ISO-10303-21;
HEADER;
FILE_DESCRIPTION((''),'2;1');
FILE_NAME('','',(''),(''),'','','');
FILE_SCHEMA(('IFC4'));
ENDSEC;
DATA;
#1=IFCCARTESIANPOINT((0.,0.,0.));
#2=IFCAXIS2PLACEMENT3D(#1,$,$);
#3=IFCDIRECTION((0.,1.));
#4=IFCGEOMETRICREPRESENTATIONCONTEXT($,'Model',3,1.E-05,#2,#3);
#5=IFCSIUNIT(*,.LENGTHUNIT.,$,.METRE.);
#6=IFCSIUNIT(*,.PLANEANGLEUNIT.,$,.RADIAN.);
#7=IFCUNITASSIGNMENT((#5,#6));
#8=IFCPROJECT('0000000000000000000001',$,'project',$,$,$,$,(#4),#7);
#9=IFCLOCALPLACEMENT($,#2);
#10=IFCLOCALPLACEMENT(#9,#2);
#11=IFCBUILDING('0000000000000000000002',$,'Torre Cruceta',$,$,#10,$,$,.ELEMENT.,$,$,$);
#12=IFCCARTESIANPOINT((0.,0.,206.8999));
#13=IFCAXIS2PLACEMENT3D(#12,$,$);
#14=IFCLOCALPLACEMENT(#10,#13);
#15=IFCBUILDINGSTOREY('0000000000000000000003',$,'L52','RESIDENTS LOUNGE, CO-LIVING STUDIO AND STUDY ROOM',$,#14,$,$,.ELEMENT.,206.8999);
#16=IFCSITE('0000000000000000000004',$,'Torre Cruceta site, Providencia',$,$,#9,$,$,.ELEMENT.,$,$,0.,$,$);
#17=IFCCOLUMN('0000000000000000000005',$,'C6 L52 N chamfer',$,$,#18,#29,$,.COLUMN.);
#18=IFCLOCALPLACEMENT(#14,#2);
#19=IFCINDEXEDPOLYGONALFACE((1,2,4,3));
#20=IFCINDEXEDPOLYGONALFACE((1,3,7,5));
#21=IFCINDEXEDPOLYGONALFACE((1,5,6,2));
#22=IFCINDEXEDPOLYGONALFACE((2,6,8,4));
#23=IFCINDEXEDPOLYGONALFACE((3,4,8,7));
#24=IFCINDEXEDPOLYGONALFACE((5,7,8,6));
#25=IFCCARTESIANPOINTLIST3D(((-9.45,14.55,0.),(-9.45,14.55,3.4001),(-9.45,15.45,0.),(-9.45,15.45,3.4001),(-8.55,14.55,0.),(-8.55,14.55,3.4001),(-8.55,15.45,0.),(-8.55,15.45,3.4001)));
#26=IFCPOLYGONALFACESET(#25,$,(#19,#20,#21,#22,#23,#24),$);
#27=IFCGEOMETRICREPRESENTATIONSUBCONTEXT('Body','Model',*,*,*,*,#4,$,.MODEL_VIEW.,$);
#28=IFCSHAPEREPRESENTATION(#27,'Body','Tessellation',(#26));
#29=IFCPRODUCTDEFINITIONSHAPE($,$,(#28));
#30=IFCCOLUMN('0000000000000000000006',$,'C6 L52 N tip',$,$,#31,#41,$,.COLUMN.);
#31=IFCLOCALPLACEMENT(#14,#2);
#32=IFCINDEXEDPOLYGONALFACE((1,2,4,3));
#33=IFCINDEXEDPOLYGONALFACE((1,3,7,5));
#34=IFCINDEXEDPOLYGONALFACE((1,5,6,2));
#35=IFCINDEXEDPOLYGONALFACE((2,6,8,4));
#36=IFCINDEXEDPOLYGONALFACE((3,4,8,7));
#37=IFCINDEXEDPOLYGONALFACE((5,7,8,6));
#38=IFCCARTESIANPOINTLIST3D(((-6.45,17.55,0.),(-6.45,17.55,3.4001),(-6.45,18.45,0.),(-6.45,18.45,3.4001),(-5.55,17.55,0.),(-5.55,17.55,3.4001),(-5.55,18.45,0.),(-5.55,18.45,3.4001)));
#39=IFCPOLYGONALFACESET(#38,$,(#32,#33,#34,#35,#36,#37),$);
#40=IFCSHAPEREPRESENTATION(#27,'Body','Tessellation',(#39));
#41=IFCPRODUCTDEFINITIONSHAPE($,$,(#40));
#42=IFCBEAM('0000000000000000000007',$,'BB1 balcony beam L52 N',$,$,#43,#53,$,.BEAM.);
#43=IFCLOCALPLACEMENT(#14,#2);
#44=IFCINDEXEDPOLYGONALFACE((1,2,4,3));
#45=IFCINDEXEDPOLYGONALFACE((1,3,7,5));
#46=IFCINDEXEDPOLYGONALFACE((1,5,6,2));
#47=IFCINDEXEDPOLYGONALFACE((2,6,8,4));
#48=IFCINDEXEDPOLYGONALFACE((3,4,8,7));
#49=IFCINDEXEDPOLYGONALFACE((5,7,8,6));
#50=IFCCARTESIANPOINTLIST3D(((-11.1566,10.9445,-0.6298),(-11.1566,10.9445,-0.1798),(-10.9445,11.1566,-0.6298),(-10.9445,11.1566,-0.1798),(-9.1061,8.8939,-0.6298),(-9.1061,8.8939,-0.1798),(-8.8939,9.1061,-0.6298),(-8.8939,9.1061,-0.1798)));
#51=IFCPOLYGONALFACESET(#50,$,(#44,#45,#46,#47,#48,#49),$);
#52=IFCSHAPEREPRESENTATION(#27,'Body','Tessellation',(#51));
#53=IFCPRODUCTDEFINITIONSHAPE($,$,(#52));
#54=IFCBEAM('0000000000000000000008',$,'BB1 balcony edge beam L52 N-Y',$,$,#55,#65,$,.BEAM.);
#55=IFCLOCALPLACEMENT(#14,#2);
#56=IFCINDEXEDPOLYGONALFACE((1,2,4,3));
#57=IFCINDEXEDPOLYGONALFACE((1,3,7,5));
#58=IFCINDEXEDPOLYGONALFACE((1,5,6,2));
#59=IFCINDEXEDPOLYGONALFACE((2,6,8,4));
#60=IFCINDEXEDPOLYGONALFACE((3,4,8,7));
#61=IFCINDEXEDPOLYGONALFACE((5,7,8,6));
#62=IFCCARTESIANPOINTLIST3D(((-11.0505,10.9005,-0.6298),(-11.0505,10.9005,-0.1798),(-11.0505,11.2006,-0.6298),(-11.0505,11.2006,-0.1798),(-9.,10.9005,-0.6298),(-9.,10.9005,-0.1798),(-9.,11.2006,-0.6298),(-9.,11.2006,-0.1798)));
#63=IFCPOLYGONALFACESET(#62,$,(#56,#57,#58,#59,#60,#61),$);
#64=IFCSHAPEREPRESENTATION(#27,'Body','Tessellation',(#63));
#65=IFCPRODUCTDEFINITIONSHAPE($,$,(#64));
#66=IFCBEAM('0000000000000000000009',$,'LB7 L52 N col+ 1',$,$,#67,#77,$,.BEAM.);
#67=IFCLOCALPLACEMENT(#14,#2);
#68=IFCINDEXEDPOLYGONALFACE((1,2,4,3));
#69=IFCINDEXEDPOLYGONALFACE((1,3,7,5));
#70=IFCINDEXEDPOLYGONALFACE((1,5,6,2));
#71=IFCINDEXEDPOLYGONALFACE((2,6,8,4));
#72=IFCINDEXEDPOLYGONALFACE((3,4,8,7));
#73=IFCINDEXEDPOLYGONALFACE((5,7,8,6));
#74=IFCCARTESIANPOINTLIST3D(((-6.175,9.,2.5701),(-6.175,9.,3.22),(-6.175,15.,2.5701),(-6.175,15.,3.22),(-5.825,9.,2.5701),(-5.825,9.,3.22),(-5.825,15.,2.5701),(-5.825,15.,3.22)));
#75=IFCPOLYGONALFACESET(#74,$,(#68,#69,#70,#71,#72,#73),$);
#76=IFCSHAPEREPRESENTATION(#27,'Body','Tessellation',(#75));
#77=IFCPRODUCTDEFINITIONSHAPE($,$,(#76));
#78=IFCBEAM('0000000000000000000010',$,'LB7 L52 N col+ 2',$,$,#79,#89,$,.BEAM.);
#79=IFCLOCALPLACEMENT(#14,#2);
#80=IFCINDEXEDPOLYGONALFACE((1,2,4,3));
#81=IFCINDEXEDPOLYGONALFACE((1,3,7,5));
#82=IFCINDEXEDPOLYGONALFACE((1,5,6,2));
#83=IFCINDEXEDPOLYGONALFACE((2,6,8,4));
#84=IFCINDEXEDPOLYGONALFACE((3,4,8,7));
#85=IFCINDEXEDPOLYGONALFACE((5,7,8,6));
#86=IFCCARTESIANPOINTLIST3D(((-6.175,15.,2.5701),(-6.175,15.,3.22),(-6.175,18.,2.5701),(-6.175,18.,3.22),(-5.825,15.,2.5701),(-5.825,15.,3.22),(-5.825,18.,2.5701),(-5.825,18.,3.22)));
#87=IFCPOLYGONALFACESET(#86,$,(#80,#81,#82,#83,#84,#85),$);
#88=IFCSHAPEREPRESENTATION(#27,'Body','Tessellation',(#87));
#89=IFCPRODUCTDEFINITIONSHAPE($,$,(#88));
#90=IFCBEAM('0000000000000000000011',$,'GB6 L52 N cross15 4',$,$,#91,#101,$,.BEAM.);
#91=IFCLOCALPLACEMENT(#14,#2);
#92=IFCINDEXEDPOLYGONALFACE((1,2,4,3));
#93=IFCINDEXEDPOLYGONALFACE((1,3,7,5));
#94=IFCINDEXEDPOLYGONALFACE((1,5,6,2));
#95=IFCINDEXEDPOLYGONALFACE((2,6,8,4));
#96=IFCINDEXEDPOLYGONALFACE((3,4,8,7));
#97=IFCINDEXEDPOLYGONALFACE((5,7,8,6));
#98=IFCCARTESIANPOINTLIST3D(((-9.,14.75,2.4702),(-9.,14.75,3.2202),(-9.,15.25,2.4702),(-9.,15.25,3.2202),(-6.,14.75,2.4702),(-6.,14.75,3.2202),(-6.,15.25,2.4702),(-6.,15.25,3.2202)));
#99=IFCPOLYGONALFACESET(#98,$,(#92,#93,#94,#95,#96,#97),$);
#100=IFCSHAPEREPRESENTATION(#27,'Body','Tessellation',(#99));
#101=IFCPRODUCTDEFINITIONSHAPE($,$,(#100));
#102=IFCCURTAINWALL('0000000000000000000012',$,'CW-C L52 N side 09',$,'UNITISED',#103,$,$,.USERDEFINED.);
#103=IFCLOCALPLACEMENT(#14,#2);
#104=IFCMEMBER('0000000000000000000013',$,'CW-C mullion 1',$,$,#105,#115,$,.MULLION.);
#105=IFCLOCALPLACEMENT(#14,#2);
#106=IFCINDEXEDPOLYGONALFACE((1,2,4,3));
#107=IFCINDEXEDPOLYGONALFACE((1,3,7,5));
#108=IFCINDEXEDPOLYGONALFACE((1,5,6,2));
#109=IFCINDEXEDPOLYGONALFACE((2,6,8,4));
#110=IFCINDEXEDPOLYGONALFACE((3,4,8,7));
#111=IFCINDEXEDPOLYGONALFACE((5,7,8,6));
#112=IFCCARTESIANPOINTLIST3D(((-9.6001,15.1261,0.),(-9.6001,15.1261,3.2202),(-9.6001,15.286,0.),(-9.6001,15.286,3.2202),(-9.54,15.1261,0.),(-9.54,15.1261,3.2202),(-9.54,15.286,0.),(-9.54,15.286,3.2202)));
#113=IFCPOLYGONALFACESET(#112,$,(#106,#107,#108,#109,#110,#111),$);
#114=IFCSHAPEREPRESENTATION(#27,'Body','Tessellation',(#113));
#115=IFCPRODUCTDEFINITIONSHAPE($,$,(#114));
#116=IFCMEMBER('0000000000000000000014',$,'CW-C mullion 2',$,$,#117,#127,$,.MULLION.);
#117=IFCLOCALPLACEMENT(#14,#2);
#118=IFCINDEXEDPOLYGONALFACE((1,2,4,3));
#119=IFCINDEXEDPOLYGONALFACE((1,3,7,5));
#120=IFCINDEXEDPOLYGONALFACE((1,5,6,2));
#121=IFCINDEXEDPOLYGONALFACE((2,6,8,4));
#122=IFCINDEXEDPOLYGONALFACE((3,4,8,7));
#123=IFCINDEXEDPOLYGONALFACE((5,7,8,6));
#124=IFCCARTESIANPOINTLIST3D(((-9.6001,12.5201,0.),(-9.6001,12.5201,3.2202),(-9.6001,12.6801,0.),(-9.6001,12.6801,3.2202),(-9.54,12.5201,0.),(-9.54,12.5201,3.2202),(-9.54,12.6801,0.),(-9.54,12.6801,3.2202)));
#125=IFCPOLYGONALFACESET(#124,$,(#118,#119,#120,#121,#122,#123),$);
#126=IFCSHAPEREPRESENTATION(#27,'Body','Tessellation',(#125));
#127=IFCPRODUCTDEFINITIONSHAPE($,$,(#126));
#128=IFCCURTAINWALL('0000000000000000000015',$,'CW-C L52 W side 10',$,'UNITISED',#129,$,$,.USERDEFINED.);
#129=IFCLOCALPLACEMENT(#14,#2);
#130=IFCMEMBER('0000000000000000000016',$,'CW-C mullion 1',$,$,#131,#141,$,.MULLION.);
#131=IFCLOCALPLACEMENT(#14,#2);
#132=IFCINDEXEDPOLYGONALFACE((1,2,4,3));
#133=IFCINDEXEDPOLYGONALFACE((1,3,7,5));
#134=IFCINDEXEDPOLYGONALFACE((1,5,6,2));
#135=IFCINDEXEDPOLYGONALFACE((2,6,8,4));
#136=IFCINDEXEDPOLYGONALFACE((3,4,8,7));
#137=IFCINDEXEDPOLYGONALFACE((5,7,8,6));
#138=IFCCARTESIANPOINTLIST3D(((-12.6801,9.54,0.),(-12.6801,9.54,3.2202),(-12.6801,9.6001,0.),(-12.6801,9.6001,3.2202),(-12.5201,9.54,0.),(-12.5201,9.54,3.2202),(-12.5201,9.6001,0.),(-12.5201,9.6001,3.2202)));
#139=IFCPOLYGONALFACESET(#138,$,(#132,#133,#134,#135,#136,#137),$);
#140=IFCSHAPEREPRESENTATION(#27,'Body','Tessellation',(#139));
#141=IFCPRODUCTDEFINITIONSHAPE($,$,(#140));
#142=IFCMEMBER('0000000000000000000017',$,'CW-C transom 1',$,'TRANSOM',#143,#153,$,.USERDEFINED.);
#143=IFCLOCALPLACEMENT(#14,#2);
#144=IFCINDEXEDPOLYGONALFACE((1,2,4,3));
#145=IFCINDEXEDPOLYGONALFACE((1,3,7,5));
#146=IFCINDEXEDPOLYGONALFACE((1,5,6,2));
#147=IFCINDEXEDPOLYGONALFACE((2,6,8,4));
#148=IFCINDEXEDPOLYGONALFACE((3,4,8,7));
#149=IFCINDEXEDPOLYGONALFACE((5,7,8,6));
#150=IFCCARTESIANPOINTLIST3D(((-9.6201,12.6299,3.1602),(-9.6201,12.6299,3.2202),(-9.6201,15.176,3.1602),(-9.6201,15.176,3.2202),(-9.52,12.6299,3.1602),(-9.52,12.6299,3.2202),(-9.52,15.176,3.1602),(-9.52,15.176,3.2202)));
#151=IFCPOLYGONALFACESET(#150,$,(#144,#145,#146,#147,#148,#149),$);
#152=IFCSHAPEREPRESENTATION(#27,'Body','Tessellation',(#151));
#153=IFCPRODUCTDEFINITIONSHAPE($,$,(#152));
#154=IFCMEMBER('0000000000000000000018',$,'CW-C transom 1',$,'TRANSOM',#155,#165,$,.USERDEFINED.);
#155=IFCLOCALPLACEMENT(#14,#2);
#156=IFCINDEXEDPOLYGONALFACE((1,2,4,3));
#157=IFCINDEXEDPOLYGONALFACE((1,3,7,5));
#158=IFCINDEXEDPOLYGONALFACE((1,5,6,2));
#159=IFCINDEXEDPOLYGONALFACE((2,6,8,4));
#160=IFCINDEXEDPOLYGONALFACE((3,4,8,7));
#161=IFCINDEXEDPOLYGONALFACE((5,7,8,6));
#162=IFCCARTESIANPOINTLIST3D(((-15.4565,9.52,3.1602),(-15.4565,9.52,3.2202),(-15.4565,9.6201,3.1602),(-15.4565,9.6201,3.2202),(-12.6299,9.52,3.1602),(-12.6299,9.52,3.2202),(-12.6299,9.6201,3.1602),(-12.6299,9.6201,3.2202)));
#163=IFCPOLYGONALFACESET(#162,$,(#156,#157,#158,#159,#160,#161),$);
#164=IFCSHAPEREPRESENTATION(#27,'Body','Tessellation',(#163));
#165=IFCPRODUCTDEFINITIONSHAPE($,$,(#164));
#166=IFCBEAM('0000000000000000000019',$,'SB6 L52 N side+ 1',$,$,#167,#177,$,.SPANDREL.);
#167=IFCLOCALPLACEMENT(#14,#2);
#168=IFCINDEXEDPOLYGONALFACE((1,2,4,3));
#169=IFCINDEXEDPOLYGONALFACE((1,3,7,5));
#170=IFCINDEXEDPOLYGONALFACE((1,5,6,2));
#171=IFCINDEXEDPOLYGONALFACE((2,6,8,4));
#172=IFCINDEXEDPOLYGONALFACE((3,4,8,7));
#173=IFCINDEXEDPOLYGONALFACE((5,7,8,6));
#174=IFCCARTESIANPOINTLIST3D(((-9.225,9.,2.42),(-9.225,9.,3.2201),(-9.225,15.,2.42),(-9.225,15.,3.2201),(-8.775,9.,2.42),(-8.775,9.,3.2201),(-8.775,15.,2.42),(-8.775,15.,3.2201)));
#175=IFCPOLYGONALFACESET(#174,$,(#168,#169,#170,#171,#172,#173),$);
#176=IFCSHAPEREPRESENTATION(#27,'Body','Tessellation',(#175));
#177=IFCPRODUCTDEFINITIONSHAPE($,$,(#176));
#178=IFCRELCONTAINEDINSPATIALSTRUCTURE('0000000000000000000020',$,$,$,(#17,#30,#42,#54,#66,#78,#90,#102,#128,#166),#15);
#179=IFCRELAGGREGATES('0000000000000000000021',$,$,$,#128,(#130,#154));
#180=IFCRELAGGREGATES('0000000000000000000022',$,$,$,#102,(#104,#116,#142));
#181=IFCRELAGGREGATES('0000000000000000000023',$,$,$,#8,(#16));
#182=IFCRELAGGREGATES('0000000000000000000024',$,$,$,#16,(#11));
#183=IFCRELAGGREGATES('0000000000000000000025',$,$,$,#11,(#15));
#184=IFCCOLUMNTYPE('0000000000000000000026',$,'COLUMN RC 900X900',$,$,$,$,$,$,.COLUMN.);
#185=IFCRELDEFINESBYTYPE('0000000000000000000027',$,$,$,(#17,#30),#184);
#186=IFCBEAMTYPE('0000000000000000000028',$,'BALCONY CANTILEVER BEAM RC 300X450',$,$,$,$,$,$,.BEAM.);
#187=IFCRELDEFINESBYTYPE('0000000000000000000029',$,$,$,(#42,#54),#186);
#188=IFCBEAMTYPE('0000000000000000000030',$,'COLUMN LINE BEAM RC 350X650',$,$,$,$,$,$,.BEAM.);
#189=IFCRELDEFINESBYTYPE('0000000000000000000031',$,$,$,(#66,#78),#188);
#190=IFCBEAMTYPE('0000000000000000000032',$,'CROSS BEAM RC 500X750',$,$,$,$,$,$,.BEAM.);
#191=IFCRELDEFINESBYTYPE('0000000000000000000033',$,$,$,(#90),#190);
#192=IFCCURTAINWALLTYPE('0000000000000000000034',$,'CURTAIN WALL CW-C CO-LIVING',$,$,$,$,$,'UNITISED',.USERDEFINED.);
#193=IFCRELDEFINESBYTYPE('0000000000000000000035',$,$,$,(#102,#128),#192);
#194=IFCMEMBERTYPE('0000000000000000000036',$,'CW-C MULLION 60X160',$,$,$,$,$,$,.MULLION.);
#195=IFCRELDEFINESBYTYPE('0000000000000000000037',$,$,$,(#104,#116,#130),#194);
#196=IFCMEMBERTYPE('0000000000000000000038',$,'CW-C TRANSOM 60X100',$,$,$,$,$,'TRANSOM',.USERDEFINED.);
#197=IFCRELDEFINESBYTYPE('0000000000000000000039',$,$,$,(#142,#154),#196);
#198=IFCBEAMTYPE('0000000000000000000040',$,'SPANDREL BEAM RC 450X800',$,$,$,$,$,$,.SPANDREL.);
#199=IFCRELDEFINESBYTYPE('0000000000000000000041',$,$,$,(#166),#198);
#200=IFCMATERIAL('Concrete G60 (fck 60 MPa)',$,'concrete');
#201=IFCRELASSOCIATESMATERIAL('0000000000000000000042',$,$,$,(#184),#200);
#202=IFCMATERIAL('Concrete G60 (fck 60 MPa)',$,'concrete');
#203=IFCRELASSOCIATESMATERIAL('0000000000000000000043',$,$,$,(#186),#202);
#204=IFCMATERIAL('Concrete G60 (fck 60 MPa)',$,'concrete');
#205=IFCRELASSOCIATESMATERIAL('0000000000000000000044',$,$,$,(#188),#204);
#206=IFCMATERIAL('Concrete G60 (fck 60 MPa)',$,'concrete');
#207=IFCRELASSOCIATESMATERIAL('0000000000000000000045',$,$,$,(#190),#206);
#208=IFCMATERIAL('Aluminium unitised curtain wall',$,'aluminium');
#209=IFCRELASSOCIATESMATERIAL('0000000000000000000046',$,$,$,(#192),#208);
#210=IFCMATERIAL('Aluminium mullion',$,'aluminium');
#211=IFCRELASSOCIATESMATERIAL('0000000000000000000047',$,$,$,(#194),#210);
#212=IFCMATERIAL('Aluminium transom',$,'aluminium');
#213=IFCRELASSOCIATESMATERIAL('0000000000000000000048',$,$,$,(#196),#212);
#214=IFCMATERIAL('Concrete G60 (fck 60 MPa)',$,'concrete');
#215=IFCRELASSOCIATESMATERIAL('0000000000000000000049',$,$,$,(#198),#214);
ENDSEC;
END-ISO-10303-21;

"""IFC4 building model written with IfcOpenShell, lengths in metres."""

from ifc_helpers import new_model, si_unit, direction, frame, origin, origin_2d, place, context, subcontext, project, spatial, rectangle, extrude, material, material_profile, profile_set, type_object, element, aggregate, save


model = new_model("IFC4")

# Units and contexts
model_context = context("Model", 3, precision=1e-05, world=origin(), true_north=direction((0.0, 1.0)))
body_context = subcontext(model_context, "Body", "Model", "MODEL_VIEW")
ifc_project = project(units=[si_unit("LENGTHUNIT", "METRE"), si_unit("PLANEANGLEUNIT", "RADIAN")], contexts=[model_context])

# Site, building, storey
site_placement = place(None, origin())
site = spatial("IfcSite", under=ifc_project, at=site_placement, Name="Torre Cruceta site, Providencia", CompositionType="ELEMENT", RefElevation=0.0)
building_placement = place(site_placement, origin())
building = spatial("IfcBuilding", under=site, at=building_placement, Name="Torre Cruceta", CompositionType="ELEMENT")
storey_placement = place(building_placement, frame((0.0, 0.0, 206.8999)))
storey = spatial("IfcBuildingStorey", under=building, at=storey_placement, Name="L52", Description="RESIDENTS LOUNGE, CO-LIVING STUDIO AND STUDY ROOM", CompositionType="ELEMENT", Elevation=206.8999)

# Columns
ifc_material_1 = material(Name="Concrete G60 (fck 60 MPa)", Category="concrete")
ifc_material_profile_1 = material_profile(ifc_material_1, rectangle(XDim=0.8999, YDim=0.8999, at=origin_2d()), Name="RC 900X900")
ifc_profile_set_1 = profile_set([ifc_material_profile_1], Name="Concrete G60 (fck 60 MPa)")
column_type = type_object("IfcColumnType", Name="COLUMN RC 900X900", PredefinedType="COLUMN", material=ifc_profile_set_1)
for number, where, z_axis, x_axis, name in (
    (1, (-9.0, 15.0, 0.0), (0.0, 0.0, 1.0), (1.0, 0.0, 0.0), "C6 L52 N chamfer"),
    (2, (-6.0, 18.0, 0.0), (0.0, 0.0, 1.0), (1.0, 0.0, 0.0), "C6 L52 N tip"),
):
    element("IfcColumn", number, at=place(storey_placement, frame(where, z_axis=z_axis, x_axis=x_axis)), inside=storey, type_object=column_type, Name=name, PredefinedType="COLUMN", context=body_context, shape_type="SweptSolid", body=[
        extrude(rectangle(XDim=0.8999, YDim=0.8999, at=origin_2d()), origin(), (0.0, 0.0, 1.0), 3.4001),
    ])

# Beams
ifc_material_2 = material(Name="Concrete G60 (fck 60 MPa)", Category="concrete")
ifc_material_profile_2 = material_profile(ifc_material_2, rectangle(XDim=0.3, YDim=0.45, at=origin_2d()), Name="RC 300X450")
ifc_profile_set_2 = profile_set([ifc_material_profile_2], Name="Concrete G60 (fck 60 MPa)")
beam_type_1 = type_object("IfcBeamType", Name="BALCONY CANTILEVER BEAM RC 300X450", PredefinedType="BEAM", material=ifc_profile_set_2)
beam_1_placement = place(storey_placement, frame((-9.0, 9.0, -0.4048), z_axis=(-0.707107, 0.707107, 0.0), x_axis=(-0.707107, -0.707107, 0.0)))
element("IfcBeam", 3, at=beam_1_placement, inside=storey, type_object=beam_type_1, Name="BB1 balcony beam L52 N", PredefinedType="BEAM", context=body_context, shape_type="SweptSolid", body=[
    extrude(rectangle(XDim=0.3, YDim=0.45, at=origin_2d()), origin(), (0.0, 0.0, 1.0), 2.8999),
])
beam_2_placement = place(storey_placement, frame((-9.0, 11.0505, -0.4048), z_axis=(-1.0, 0.0, 0.0), x_axis=(0.0, -1.0, 0.0)))
element("IfcBeam", 4, at=beam_2_placement, inside=storey, type_object=beam_type_1, Name="BB1 balcony edge beam L52 N-Y", PredefinedType="BEAM", context=body_context, shape_type="SweptSolid", body=[
    extrude(rectangle(XDim=0.3, YDim=0.45, at=origin_2d()), origin(), (0.0, 0.0, 1.0), 2.0505),
])
ifc_material_3 = material(Name="Concrete G60 (fck 60 MPa)", Category="concrete")
ifc_material_profile_3 = material_profile(ifc_material_3, rectangle(XDim=0.3501, YDim=0.6499, at=origin_2d()), Name="RC 350X650")
ifc_profile_set_3 = profile_set([ifc_material_profile_3], Name="Concrete G60 (fck 60 MPa)")
beam_type_2 = type_object("IfcBeamType", Name="COLUMN LINE BEAM RC 350X650", PredefinedType="BEAM", material=ifc_profile_set_3)
beam_3_placement = place(storey_placement, frame((-6.0, 9.0, 2.895), z_axis=(0.0, 1.0, 0.0), x_axis=(-1.0, 0.0, 0.0)))
element("IfcBeam", 5, at=beam_3_placement, inside=storey, type_object=beam_type_2, Name="LB7 L52 N col+ 1", PredefinedType="BEAM", context=body_context, shape_type="SweptSolid", body=[
    extrude(rectangle(XDim=0.3501, YDim=0.6499, at=origin_2d()), origin(), (0.0, 0.0, 1.0), 6.0),
])
beam_4_placement = place(storey_placement, frame((-6.0, 15.0, 2.895), z_axis=(0.0, 1.0, 0.0), x_axis=(-1.0, 0.0, 0.0)))
element("IfcBeam", 6, at=beam_4_placement, inside=storey, type_object=beam_type_2, Name="LB7 L52 N col+ 2", PredefinedType="BEAM", context=body_context, shape_type="SweptSolid", body=[
    extrude(rectangle(XDim=0.3501, YDim=0.6499, at=origin_2d()), origin(), (0.0, 0.0, 1.0), 3.0),
])
ifc_material_4 = material(Name="Concrete G60 (fck 60 MPa)", Category="concrete")
ifc_material_profile_4 = material_profile(ifc_material_4, rectangle(XDim=0.5, YDim=0.75, at=origin_2d()), Name="RC 500X750")
ifc_profile_set_4 = profile_set([ifc_material_profile_4], Name="Concrete G60 (fck 60 MPa)")
beam_type_3 = type_object("IfcBeamType", Name="CROSS BEAM RC 500X750", PredefinedType="BEAM", material=ifc_profile_set_4)
beam_5_placement = place(storey_placement, frame((-6.0, 15.0, 2.8452), z_axis=(-1.0, 0.0, 0.0), x_axis=(0.0, -1.0, 0.0)))
element("IfcBeam", 7, at=beam_5_placement, inside=storey, type_object=beam_type_3, Name="GB6 L52 N cross15 4", PredefinedType="BEAM", context=body_context, shape_type="SweptSolid", body=[
    extrude(rectangle(XDim=0.5, YDim=0.75, at=origin_2d()), origin(), (0.0, 0.0, 1.0), 3.0),
])

# Curtain wall, members
ifc_material_5 = material(Name="Aluminium unitised curtain wall", Category="aluminium")
curtain_wall_type = type_object("IfcCurtainWallType", Name="CURTAIN WALL CW-C CO-LIVING", ElementType="UNITISED", PredefinedType="USERDEFINED", material=ifc_material_5)
curtain_wall_1_placement = place(storey_placement, origin())
curtain_wall_1 = element("IfcCurtainWall", 8, at=curtain_wall_1_placement, inside=storey, type_object=curtain_wall_type, Name="CW-C L52 N side 09", ObjectType="UNITISED", PredefinedType="USERDEFINED")
ifc_material_6 = material(Name="Aluminium mullion", Category="aluminium")
ifc_material_profile_5 = material_profile(ifc_material_6, rectangle(XDim=0.0601, YDim=0.1599, at=origin_2d()), Name="AL 60X160")
ifc_profile_set_5 = profile_set([ifc_material_profile_5], Name="Aluminium mullion")
member_type_1 = type_object("IfcMemberType", Name="CW-C MULLION 60X160", PredefinedType="MULLION", material=ifc_profile_set_5)
member_1_placement = place(storey_placement, frame((-9.5701, 15.2061, 0.0), z_axis=(0.0, 0.0, 1.0), x_axis=(1.0, 0.0, 0.0)))
member_1 = element("IfcMember", 9, at=member_1_placement, type_object=member_type_1, Name="CW-C mullion 1", PredefinedType="MULLION", context=body_context, shape_type="SweptSolid", body=[
    extrude(rectangle(XDim=0.0601, YDim=0.1599, at=origin_2d()), origin(), (0.0, 0.0, 1.0), 3.2202),
])
member_2_placement = place(storey_placement, frame((-9.5701, 12.6001, 0.0), z_axis=(0.0, 0.0, 1.0), x_axis=(1.0, 0.0, 0.0)))
member_2 = element("IfcMember", 10, at=member_2_placement, type_object=member_type_1, Name="CW-C mullion 2", PredefinedType="MULLION", context=body_context, shape_type="SweptSolid", body=[
    extrude(rectangle(XDim=0.0601, YDim=0.1599, at=origin_2d()), origin(), (0.0, 0.0, 1.0), 3.2202),
])

# Curtain wall, member
curtain_wall_2_placement = place(storey_placement, origin())
curtain_wall_2 = element("IfcCurtainWall", 11, at=curtain_wall_2_placement, inside=storey, type_object=curtain_wall_type, Name="CW-C L52 W side 10", ObjectType="UNITISED", PredefinedType="USERDEFINED")
member_3_placement = place(storey_placement, frame((-12.6001, 9.5701, 0.0), z_axis=(0.0, 0.0, 1.0), x_axis=(0.0, -1.0, 0.0)))
member_3 = element("IfcMember", 12, at=member_3_placement, type_object=member_type_1, Name="CW-C mullion 1", PredefinedType="MULLION", context=body_context, shape_type="SweptSolid", body=[
    extrude(rectangle(XDim=0.0601, YDim=0.1599, at=origin_2d()), origin(), (0.0, 0.0, 1.0), 3.2202),
])

# Members
ifc_material_7 = material(Name="Aluminium transom", Category="aluminium")
ifc_material_profile_6 = material_profile(ifc_material_7, rectangle(XDim=0.1001, YDim=0.0601, at=origin_2d()), Name="AL 100X60")
ifc_profile_set_6 = profile_set([ifc_material_profile_6], Name="Aluminium transom")
member_type_2 = type_object("IfcMemberType", Name="CW-C TRANSOM 60X100", ElementType="TRANSOM", PredefinedType="USERDEFINED", material=ifc_profile_set_6)
member_4_placement = place(storey_placement, frame((-9.5701, 15.176, 3.1902), z_axis=(0.0, -1.0, 0.0), x_axis=(1.0, 0.0, 0.0)))
member_4 = element("IfcMember", 13, at=member_4_placement, type_object=member_type_2, Name="CW-C transom 1", ObjectType="TRANSOM", PredefinedType="USERDEFINED", context=body_context, shape_type="SweptSolid", body=[
    extrude(rectangle(XDim=0.1001, YDim=0.0601, at=origin_2d()), origin(), (0.0, 0.0, 1.0), 2.5461),
])
member_5_placement = place(storey_placement, frame((-12.6299, 9.5701, 3.1902), z_axis=(-1.0, 0.0, 0.0), x_axis=(0.0, -1.0, 0.0)))
member_5 = element("IfcMember", 14, at=member_5_placement, type_object=member_type_2, Name="CW-C transom 1", ObjectType="TRANSOM", PredefinedType="USERDEFINED", context=body_context, shape_type="SweptSolid", body=[
    extrude(rectangle(XDim=0.1001, YDim=0.0601, at=origin_2d()), origin(), (0.0, 0.0, 1.0), 2.8267),
])
aggregate(curtain_wall_2, [member_3, member_5])

# Beam
ifc_material_8 = material(Name="Concrete G60 (fck 60 MPa)", Category="concrete")
ifc_material_profile_7 = material_profile(ifc_material_8, rectangle(XDim=0.45, YDim=0.8, at=origin_2d()), Name="RC 450X800")
ifc_profile_set_7 = profile_set([ifc_material_profile_7], Name="Concrete G60 (fck 60 MPa)")
beam_type_4 = type_object("IfcBeamType", Name="SPANDREL BEAM RC 450X800", PredefinedType="SPANDREL", material=ifc_profile_set_7)
beam_6_placement = place(storey_placement, frame((-9.0, 9.0, 2.8201), z_axis=(0.0, 1.0, 0.0), x_axis=(-1.0, 0.0, 0.0)))
element("IfcBeam", 15, at=beam_6_placement, inside=storey, type_object=beam_type_4, Name="SB6 L52 N side+ 1", PredefinedType="SPANDREL", context=body_context, shape_type="SweptSolid", body=[
    extrude(rectangle(XDim=0.45, YDim=0.8, at=origin_2d()), origin(), (0.0, 0.0, 1.0), 6.0),
])

aggregate(curtain_wall_1, [member_1, member_2, member_4])

save(model, "model.ifc")
